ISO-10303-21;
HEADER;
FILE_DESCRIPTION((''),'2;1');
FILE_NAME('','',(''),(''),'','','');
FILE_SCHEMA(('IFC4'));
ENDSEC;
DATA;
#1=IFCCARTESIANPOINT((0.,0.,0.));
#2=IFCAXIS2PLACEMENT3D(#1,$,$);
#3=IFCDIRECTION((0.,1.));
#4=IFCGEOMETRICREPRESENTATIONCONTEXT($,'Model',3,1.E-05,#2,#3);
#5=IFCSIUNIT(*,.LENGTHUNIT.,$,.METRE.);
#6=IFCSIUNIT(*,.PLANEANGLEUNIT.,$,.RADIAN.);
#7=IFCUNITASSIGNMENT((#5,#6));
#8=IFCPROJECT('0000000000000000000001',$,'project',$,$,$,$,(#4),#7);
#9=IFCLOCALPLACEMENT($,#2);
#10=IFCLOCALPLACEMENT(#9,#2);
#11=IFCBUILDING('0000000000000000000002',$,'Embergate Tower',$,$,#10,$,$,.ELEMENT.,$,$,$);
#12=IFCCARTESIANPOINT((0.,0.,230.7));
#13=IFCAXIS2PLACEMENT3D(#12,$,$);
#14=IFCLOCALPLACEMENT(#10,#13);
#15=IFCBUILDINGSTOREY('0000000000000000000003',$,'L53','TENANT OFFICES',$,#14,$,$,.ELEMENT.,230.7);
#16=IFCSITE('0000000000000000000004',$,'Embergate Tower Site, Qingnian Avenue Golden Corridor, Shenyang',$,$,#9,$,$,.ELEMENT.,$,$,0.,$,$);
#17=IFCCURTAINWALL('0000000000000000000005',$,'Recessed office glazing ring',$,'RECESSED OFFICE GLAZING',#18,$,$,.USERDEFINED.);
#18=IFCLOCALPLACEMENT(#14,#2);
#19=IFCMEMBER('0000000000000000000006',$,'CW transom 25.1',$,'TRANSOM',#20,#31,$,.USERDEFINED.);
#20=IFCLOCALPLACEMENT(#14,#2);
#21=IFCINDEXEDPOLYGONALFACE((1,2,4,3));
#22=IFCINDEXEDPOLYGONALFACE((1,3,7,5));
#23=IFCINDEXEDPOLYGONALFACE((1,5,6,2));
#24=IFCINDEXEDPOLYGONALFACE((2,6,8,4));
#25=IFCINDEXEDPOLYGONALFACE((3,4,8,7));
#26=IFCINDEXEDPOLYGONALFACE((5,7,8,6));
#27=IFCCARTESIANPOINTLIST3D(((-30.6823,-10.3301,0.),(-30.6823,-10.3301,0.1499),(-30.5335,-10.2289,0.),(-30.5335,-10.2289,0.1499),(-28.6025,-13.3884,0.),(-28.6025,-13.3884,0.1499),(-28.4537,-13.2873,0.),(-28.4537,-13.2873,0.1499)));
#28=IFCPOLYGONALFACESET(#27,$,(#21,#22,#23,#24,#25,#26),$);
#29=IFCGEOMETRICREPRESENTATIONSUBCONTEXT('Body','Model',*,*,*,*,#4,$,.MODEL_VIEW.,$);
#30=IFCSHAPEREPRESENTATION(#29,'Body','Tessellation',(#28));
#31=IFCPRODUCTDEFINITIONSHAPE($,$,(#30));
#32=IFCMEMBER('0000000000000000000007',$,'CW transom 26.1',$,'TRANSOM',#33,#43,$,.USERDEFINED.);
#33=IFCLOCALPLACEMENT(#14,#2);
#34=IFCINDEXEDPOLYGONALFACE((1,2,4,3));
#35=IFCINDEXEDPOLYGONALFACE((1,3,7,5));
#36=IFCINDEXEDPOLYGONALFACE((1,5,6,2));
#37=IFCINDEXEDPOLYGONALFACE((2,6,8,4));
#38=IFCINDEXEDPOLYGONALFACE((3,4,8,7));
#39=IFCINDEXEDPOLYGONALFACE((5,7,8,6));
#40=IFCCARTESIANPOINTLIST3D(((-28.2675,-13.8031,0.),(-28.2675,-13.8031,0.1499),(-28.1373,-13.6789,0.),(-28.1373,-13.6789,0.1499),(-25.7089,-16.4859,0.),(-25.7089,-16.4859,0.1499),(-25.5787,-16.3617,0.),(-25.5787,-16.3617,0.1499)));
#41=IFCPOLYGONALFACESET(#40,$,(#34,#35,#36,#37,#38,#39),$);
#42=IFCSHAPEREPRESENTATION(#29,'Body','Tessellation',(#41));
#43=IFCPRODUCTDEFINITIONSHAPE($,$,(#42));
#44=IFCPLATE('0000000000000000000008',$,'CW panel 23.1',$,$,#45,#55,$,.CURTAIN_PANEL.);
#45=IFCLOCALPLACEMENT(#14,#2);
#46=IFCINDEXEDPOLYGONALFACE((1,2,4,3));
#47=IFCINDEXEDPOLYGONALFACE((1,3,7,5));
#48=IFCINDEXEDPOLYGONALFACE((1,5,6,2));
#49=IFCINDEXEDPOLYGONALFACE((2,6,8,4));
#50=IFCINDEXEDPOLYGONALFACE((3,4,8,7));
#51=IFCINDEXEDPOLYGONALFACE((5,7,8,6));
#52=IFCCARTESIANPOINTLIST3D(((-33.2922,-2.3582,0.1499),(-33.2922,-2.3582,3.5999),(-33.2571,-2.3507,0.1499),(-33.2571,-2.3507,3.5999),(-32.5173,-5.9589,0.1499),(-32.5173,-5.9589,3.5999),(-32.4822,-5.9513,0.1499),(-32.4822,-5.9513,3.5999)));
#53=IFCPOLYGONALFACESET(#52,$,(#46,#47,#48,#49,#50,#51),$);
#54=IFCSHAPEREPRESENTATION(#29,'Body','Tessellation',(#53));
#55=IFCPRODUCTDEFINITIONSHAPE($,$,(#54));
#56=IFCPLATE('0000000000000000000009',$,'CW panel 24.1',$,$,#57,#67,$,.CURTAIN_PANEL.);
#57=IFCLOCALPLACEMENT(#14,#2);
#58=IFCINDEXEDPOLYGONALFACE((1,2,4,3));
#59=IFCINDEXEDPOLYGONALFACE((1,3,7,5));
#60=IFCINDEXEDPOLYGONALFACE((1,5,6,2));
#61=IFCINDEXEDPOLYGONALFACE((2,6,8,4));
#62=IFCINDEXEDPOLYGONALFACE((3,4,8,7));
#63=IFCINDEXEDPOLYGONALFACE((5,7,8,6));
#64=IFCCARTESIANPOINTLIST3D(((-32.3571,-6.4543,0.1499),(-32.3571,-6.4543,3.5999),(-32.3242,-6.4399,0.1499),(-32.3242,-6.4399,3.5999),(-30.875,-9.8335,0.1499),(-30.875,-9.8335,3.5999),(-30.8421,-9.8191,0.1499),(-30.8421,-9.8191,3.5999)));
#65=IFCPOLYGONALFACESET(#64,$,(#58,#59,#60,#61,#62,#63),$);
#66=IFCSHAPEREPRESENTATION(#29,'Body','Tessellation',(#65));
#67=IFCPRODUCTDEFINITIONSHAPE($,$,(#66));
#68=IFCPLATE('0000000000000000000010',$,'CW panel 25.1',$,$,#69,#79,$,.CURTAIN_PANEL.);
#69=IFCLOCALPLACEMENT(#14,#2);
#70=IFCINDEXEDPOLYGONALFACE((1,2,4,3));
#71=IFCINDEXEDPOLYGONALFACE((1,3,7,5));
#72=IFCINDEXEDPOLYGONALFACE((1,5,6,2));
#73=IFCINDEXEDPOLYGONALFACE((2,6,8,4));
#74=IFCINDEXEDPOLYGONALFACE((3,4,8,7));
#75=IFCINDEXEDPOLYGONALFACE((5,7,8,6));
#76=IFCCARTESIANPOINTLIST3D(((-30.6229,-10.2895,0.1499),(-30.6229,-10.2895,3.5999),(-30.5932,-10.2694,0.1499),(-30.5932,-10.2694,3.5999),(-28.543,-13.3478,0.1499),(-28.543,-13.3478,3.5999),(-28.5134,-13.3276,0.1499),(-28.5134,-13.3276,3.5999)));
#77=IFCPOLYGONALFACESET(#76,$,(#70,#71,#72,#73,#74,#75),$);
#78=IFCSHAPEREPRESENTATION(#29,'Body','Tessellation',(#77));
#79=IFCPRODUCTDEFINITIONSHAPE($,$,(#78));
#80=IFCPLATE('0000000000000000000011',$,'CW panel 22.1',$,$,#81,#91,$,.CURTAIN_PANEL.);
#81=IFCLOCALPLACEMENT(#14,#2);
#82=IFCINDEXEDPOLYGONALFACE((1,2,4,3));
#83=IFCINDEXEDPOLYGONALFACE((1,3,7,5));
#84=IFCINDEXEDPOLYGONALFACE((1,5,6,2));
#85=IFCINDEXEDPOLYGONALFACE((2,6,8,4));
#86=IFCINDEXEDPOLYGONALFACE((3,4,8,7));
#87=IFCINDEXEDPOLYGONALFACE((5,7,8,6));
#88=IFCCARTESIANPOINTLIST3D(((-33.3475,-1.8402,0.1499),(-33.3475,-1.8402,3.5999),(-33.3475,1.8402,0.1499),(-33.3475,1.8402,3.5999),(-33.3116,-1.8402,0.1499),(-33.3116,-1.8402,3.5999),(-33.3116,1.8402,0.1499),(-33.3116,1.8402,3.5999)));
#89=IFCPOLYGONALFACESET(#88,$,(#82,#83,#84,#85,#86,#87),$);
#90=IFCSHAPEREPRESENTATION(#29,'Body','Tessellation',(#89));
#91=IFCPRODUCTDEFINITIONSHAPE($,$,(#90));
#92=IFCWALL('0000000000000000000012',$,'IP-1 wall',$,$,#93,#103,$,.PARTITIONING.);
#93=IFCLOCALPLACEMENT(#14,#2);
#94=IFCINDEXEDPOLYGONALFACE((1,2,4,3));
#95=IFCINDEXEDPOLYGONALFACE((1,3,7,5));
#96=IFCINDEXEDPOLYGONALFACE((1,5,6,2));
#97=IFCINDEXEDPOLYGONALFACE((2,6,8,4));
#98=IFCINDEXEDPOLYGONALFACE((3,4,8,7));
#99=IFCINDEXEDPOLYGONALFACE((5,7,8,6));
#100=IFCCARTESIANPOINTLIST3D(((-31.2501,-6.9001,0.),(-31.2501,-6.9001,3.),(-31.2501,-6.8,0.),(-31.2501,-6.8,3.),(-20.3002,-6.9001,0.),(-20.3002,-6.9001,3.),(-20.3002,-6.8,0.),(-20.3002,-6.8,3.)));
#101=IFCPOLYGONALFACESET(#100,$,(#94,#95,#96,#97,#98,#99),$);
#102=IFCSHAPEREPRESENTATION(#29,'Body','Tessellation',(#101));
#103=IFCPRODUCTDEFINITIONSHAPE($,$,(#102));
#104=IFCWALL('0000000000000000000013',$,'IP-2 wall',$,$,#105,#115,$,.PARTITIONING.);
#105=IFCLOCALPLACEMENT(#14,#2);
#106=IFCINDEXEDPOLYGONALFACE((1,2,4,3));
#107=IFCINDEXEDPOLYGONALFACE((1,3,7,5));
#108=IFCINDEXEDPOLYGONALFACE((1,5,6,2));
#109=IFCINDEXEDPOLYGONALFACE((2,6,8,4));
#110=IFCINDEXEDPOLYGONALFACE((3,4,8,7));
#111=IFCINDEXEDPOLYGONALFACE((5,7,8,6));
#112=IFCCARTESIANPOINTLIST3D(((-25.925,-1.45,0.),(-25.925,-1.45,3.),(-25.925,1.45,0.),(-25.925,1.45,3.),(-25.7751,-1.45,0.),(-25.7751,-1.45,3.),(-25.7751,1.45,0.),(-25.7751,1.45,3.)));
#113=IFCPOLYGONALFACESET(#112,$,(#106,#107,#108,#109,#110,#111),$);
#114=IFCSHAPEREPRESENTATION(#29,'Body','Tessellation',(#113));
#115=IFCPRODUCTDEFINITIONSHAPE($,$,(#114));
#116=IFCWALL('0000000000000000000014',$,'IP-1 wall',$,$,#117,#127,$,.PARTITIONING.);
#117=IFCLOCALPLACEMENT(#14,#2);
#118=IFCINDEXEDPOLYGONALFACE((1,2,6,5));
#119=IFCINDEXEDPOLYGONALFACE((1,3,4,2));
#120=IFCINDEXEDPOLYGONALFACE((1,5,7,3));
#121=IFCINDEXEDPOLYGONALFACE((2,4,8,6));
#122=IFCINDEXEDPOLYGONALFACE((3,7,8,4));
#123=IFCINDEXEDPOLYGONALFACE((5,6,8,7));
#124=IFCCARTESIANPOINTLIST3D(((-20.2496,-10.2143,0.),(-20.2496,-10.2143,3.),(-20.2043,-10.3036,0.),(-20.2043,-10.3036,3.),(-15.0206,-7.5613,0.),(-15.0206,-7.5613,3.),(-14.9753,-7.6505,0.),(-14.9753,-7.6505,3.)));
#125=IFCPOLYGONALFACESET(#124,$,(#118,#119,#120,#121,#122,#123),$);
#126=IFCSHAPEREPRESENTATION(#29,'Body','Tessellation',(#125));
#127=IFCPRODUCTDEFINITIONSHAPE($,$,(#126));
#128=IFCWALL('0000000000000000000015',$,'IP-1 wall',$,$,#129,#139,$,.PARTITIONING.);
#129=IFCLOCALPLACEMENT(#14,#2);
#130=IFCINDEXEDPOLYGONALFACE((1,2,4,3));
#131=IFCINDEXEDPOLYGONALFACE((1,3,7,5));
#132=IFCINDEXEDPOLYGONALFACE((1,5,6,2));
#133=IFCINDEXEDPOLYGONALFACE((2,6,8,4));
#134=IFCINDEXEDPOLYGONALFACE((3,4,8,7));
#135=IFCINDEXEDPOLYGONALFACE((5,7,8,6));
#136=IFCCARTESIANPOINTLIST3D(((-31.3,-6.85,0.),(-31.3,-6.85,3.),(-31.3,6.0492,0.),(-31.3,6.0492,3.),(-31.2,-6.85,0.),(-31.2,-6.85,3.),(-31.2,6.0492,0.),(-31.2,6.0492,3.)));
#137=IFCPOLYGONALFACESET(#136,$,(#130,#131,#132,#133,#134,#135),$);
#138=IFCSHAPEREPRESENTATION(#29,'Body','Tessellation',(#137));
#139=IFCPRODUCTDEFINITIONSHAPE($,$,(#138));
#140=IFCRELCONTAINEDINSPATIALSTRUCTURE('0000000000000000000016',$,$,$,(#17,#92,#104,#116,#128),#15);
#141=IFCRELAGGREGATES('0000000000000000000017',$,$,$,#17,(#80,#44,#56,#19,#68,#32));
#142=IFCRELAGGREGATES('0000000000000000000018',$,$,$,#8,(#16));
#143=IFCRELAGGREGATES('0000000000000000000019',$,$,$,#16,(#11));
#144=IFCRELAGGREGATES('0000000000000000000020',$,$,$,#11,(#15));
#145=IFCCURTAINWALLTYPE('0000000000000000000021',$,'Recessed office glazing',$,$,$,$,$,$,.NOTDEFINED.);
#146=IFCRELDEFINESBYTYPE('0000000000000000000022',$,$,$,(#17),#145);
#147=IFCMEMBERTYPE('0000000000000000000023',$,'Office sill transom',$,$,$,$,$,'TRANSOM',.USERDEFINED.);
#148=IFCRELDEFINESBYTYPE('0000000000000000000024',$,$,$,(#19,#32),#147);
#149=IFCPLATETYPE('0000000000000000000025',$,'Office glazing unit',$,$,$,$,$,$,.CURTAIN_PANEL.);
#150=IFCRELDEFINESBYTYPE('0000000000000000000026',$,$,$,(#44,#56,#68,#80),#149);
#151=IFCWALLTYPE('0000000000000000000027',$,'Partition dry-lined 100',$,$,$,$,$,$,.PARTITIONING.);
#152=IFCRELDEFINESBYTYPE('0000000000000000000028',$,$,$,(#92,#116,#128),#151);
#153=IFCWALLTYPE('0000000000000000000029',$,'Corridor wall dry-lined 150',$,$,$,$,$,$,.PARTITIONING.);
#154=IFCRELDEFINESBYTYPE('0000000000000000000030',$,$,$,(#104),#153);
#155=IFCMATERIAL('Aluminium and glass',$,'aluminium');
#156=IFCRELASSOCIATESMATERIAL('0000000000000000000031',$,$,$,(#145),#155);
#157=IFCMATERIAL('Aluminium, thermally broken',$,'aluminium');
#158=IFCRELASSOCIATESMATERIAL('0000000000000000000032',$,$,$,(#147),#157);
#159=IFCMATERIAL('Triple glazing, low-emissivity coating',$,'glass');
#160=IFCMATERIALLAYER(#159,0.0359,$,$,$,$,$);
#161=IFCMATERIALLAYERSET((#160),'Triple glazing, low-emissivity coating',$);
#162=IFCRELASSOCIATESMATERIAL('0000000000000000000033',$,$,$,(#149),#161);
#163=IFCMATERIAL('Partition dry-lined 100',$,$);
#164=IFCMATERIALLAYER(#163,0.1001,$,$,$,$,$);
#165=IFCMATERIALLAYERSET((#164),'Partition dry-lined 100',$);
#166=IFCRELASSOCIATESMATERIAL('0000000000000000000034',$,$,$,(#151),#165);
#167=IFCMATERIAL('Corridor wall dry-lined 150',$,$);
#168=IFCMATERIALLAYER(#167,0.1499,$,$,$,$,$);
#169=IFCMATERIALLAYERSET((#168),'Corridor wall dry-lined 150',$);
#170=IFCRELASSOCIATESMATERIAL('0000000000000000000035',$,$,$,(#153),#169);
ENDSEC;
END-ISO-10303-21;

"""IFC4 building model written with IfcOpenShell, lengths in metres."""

from ifc_helpers import new_model, si_unit, direction, frame, frame_2d, origin, origin_2d, place, context, subcontext, project, spatial, rectangle, extrude, source, transform, mapped, material, layer, layer_set, material_profile, profile_set, type_object, element, aggregate, save


model = new_model("IFC4")

# Units and contexts
model_context = context("Model", 3, precision=1e-05, world=origin(), true_north=direction((0.0, 1.0)))
body_context = subcontext(model_context, "Body", "Model", "MODEL_VIEW")
ifc_project = project(units=[si_unit("LENGTHUNIT", "METRE"), si_unit("PLANEANGLEUNIT", "RADIAN")], contexts=[model_context])

# Site, building, storey
site_placement = place(None, origin())
site = spatial("IfcSite", under=ifc_project, at=site_placement, Name="Embergate Tower Site, Qingnian Avenue Golden Corridor, Shenyang", CompositionType="ELEMENT", RefElevation=0.0)
building_placement = place(site_placement, origin())
building = spatial("IfcBuilding", under=site, at=building_placement, Name="Embergate Tower", CompositionType="ELEMENT")
storey_placement = place(building_placement, frame((0.0, 0.0, 230.7)))
storey = spatial("IfcBuildingStorey", under=building, at=storey_placement, Name="L53", Description="TENANT OFFICES", CompositionType="ELEMENT", Elevation=230.7)

# Curtain wall, members, plates
ifc_material_1 = material(Name="Aluminium and glass", Category="aluminium")
curtain_wall_type = type_object("IfcCurtainWallType", Name="Recessed office glazing", PredefinedType="NOTDEFINED", material=ifc_material_1)
curtain_wall_placement = place(storey_placement, origin())
curtain_wall = element("IfcCurtainWall", 1, at=curtain_wall_placement, inside=storey, type_object=curtain_wall_type, Name="Recessed office glazing ring", ObjectType="RECESSED OFFICE GLAZING", PredefinedType="USERDEFINED")
ifc_material_2 = material(Name="Aluminium, thermally broken", Category="aluminium")
ifc_material_profile_1 = material_profile(ifc_material_2, rectangle(XDim=0.1799, YDim=0.1499, at=origin_2d()), Name="AL 150x180")
ifc_profile_set_1 = profile_set([ifc_material_profile_1], Name="Aluminium, thermally broken")
member_type_1 = type_object("IfcMemberType", Name="Office sill transom", ElementType="TRANSOM", PredefinedType="USERDEFINED", material=ifc_profile_set_1)
shared_shape_1 = source(origin(), body_context, "Body", "SweptSolid", [
    extrude(rectangle(XDim=0.1799, YDim=0.1499, at=origin_2d()), origin(), (0.0, 0.0, 1.0), 3.6985),
])
member_1_placement = place(storey_placement, frame((-30.6079, -10.2795, 0.075), z_axis=(0.562339, -0.826907, 0.0), x_axis=(0.826907, 0.562339, 0.0)))
member_1 = element("IfcMember", 2, at=member_1_placement, type_object=member_type_1, Name="CW transom 25.1", ObjectType="TRANSOM", PredefinedType="USERDEFINED", context=body_context, shape_type="MappedRepresentation", body=[
    mapped(shared_shape_1, transform((0.0, 0.0, 0.0))),
])
shared_shape_2 = source(origin(), body_context, "Body", "SweptSolid", [
    extrude(rectangle(XDim=0.1799, YDim=0.1499, at=origin_2d()), origin(), (0.0, 0.0, 1.0), 3.7073),
])
member_2_placement = place(storey_placement, frame((-28.2024, -13.741, 0.075), z_axis=(0.690148, -0.723668, 0.0), x_axis=(0.723668, 0.690148, 0.0)))
member_2 = element("IfcMember", 3, at=member_2_placement, type_object=member_type_1, Name="CW transom 26.1", ObjectType="TRANSOM", PredefinedType="USERDEFINED", context=body_context, shape_type="MappedRepresentation", body=[
    mapped(shared_shape_2, transform((0.0, 0.0, 0.0))),
])
ifc_material_3 = material(Name="Triple glazing, low-emissivity coating", Category="glass")
ifc_layer_1 = layer(ifc_material_3, 0.0359)
ifc_layer_set_1 = layer_set([ifc_layer_1], Name="Triple glazing, low-emissivity coating")
plate_type = type_object("IfcPlateType", Name="Office glazing unit", PredefinedType="CURTAIN_PANEL", material=ifc_layer_set_1)
shared_shape_3 = source(origin(), body_context, "Body", "SweptSolid", [
    extrude(rectangle(XDim=3.6831, YDim=0.0359, at=origin_2d()), origin(), (0.0, 0.0, 1.0), 3.45),
])
plate_1_placement = place(storey_placement, frame((-32.8872, -4.1548, 0.1499), z_axis=(0.0, 0.0, 1.0), x_axis=(0.210404, -0.977615, 0.0)))
plate_1 = element("IfcPlate", 4, at=plate_1_placement, type_object=plate_type, Name="CW panel 23.1", PredefinedType="CURTAIN_PANEL", context=body_context, shape_type="MappedRepresentation", body=[
    mapped(shared_shape_3, transform((0.0, 0.0, 0.0))),
])
shared_shape_4 = source(origin(), body_context, "Body", "SweptSolid", [
    extrude(rectangle(XDim=3.6899, YDim=0.0359, at=origin_2d()), origin(), (0.0, 0.0, 1.0), 3.45),
])
plate_2_placement = place(storey_placement, frame((-31.5996, -8.1367, 0.1499), z_axis=(0.0, 0.0, 1.0), x_axis=(0.401662, -0.915788, 0.0)))
plate_2 = element("IfcPlate", 5, at=plate_2_placement, type_object=plate_type, Name="CW panel 24.1", PredefinedType="CURTAIN_PANEL", context=body_context, shape_type="MappedRepresentation", body=[
    mapped(shared_shape_4, transform((0.0, 0.0, 0.0))),
])
shared_shape_5 = source(origin(), body_context, "Body", "SweptSolid", [
    extrude(rectangle(XDim=3.6985, YDim=0.0359, at=origin_2d()), origin(), (0.0, 0.0, 1.0), 3.45),
])
plate_3_placement = place(storey_placement, frame((-29.5681, -11.8086, 0.1499), z_axis=(0.0, 0.0, 1.0), x_axis=(0.562352, -0.826898, 0.0)))
plate_3 = element("IfcPlate", 6, at=plate_3_placement, type_object=plate_type, Name="CW panel 25.1", PredefinedType="CURTAIN_PANEL", context=body_context, shape_type="MappedRepresentation", body=[
    mapped(shared_shape_5, transform((0.0, 0.0, 0.0))),
])
shared_shape_6 = source(origin(), body_context, "Body", "SweptSolid", [
    extrude(rectangle(XDim=3.6804, YDim=0.0359, at=origin_2d()), origin(), (0.0, 0.0, 1.0), 3.45),
])
plate_4_placement = place(storey_placement, frame((-33.3296, 0.0, 0.1499), z_axis=(0.0, 0.0, 1.0), x_axis=(0.0, -1.0, 0.0)))
plate_4 = element("IfcPlate", 7, at=plate_4_placement, type_object=plate_type, Name="CW panel 22.1", PredefinedType="CURTAIN_PANEL", context=body_context, shape_type="MappedRepresentation", body=[
    mapped(shared_shape_6, transform((0.0, 0.0, 0.0))),
])
aggregate(curtain_wall, [plate_4, plate_1, plate_2, member_1, plate_3, member_2])

# Walls
ifc_material_4 = material(Name="Partition dry-lined 100")
ifc_layer_2 = layer(ifc_material_4, 0.1001)
ifc_layer_set_2 = layer_set([ifc_layer_2], Name="Partition dry-lined 100")
wall_type_1 = type_object("IfcWallType", Name="Partition dry-lined 100", PredefinedType="PARTITIONING", material=ifc_layer_set_2)
shared_shape_7 = source(origin(), body_context, "Body", "SweptSolid", [
    extrude(rectangle(XDim=10.95, YDim=0.1001, at=frame_2d((5.4751, 0.0))), origin(), (0.0, 0.0, 1.0), 3.0),
])
wall_1_placement = place(storey_placement, frame((-20.3, -6.8501, 0.0), z_axis=(0.0, 0.0, 1.0), x_axis=(-1.0, 0.0, 0.0)))
element("IfcWall", 8, at=wall_1_placement, inside=storey, type_object=wall_type_1, Name="IP-1 wall", PredefinedType="PARTITIONING", context=body_context, shape_type="MappedRepresentation", body=[
    mapped(shared_shape_7, transform((0.0, 0.0, 0.0))),
])
ifc_material_5 = material(Name="Corridor wall dry-lined 150")
ifc_layer_3 = layer(ifc_material_5, 0.1499)
ifc_layer_set_3 = layer_set([ifc_layer_3], Name="Corridor wall dry-lined 150")
wall_type_2 = type_object("IfcWallType", Name="Corridor wall dry-lined 150", PredefinedType="PARTITIONING", material=ifc_layer_set_3)
shared_shape_8 = source(origin(), body_context, "Body", "SweptSolid", [
    extrude(rectangle(XDim=2.8999, YDim=0.1499, at=frame_2d((1.45, 0.0))), origin(), (0.0, 0.0, 1.0), 3.0),
])
wall_2_placement = place(storey_placement, frame((-25.8501, -1.45, 0.0), z_axis=(0.0, 0.0, 1.0), x_axis=(0.0, 1.0, 0.0)))
element("IfcWall", 9, at=wall_2_placement, inside=storey, type_object=wall_type_2, Name="IP-2 wall", PredefinedType="PARTITIONING", context=body_context, shape_type="MappedRepresentation", body=[
    mapped(shared_shape_8, transform((0.0, 0.0, 0.0))),
])
shared_shape_9 = source(origin(), body_context, "Body", "SweptSolid", [
    extrude(rectangle(XDim=5.8635, YDim=0.1001, at=frame_2d((2.9316, 0.0))), origin(), (0.0, 0.0, 1.0), 3.0),
])
wall_3_placement = place(storey_placement, frame((-14.998, -7.606, 0.0), z_axis=(0.0, 0.0, 1.0), x_axis=(-0.89178, -0.452469, 0.0)))
element("IfcWall", 10, at=wall_3_placement, inside=storey, type_object=wall_type_1, Name="IP-1 wall", PredefinedType="PARTITIONING", context=body_context, shape_type="MappedRepresentation", body=[
    mapped(shared_shape_9, transform((0.0, 0.0, 0.0))),
])
shared_shape_10 = source(origin(), body_context, "Body", "SweptSolid", [
    extrude(rectangle(XDim=12.8992, YDim=0.1001, at=frame_2d((6.4497, 0.0))), origin(), (0.0, 0.0, 1.0), 3.0),
])
wall_4_placement = place(storey_placement, frame((-31.25, -6.8501, 0.0), z_axis=(0.0, 0.0, 1.0), x_axis=(0.0, 1.0, 0.0)))
element("IfcWall", 11, at=wall_4_placement, inside=storey, type_object=wall_type_1, Name="IP-1 wall", PredefinedType="PARTITIONING", context=body_context, shape_type="MappedRepresentation", body=[
    mapped(shared_shape_10, transform((0.0, 0.0, 0.0))),
])

save(model, "model.ifc")
